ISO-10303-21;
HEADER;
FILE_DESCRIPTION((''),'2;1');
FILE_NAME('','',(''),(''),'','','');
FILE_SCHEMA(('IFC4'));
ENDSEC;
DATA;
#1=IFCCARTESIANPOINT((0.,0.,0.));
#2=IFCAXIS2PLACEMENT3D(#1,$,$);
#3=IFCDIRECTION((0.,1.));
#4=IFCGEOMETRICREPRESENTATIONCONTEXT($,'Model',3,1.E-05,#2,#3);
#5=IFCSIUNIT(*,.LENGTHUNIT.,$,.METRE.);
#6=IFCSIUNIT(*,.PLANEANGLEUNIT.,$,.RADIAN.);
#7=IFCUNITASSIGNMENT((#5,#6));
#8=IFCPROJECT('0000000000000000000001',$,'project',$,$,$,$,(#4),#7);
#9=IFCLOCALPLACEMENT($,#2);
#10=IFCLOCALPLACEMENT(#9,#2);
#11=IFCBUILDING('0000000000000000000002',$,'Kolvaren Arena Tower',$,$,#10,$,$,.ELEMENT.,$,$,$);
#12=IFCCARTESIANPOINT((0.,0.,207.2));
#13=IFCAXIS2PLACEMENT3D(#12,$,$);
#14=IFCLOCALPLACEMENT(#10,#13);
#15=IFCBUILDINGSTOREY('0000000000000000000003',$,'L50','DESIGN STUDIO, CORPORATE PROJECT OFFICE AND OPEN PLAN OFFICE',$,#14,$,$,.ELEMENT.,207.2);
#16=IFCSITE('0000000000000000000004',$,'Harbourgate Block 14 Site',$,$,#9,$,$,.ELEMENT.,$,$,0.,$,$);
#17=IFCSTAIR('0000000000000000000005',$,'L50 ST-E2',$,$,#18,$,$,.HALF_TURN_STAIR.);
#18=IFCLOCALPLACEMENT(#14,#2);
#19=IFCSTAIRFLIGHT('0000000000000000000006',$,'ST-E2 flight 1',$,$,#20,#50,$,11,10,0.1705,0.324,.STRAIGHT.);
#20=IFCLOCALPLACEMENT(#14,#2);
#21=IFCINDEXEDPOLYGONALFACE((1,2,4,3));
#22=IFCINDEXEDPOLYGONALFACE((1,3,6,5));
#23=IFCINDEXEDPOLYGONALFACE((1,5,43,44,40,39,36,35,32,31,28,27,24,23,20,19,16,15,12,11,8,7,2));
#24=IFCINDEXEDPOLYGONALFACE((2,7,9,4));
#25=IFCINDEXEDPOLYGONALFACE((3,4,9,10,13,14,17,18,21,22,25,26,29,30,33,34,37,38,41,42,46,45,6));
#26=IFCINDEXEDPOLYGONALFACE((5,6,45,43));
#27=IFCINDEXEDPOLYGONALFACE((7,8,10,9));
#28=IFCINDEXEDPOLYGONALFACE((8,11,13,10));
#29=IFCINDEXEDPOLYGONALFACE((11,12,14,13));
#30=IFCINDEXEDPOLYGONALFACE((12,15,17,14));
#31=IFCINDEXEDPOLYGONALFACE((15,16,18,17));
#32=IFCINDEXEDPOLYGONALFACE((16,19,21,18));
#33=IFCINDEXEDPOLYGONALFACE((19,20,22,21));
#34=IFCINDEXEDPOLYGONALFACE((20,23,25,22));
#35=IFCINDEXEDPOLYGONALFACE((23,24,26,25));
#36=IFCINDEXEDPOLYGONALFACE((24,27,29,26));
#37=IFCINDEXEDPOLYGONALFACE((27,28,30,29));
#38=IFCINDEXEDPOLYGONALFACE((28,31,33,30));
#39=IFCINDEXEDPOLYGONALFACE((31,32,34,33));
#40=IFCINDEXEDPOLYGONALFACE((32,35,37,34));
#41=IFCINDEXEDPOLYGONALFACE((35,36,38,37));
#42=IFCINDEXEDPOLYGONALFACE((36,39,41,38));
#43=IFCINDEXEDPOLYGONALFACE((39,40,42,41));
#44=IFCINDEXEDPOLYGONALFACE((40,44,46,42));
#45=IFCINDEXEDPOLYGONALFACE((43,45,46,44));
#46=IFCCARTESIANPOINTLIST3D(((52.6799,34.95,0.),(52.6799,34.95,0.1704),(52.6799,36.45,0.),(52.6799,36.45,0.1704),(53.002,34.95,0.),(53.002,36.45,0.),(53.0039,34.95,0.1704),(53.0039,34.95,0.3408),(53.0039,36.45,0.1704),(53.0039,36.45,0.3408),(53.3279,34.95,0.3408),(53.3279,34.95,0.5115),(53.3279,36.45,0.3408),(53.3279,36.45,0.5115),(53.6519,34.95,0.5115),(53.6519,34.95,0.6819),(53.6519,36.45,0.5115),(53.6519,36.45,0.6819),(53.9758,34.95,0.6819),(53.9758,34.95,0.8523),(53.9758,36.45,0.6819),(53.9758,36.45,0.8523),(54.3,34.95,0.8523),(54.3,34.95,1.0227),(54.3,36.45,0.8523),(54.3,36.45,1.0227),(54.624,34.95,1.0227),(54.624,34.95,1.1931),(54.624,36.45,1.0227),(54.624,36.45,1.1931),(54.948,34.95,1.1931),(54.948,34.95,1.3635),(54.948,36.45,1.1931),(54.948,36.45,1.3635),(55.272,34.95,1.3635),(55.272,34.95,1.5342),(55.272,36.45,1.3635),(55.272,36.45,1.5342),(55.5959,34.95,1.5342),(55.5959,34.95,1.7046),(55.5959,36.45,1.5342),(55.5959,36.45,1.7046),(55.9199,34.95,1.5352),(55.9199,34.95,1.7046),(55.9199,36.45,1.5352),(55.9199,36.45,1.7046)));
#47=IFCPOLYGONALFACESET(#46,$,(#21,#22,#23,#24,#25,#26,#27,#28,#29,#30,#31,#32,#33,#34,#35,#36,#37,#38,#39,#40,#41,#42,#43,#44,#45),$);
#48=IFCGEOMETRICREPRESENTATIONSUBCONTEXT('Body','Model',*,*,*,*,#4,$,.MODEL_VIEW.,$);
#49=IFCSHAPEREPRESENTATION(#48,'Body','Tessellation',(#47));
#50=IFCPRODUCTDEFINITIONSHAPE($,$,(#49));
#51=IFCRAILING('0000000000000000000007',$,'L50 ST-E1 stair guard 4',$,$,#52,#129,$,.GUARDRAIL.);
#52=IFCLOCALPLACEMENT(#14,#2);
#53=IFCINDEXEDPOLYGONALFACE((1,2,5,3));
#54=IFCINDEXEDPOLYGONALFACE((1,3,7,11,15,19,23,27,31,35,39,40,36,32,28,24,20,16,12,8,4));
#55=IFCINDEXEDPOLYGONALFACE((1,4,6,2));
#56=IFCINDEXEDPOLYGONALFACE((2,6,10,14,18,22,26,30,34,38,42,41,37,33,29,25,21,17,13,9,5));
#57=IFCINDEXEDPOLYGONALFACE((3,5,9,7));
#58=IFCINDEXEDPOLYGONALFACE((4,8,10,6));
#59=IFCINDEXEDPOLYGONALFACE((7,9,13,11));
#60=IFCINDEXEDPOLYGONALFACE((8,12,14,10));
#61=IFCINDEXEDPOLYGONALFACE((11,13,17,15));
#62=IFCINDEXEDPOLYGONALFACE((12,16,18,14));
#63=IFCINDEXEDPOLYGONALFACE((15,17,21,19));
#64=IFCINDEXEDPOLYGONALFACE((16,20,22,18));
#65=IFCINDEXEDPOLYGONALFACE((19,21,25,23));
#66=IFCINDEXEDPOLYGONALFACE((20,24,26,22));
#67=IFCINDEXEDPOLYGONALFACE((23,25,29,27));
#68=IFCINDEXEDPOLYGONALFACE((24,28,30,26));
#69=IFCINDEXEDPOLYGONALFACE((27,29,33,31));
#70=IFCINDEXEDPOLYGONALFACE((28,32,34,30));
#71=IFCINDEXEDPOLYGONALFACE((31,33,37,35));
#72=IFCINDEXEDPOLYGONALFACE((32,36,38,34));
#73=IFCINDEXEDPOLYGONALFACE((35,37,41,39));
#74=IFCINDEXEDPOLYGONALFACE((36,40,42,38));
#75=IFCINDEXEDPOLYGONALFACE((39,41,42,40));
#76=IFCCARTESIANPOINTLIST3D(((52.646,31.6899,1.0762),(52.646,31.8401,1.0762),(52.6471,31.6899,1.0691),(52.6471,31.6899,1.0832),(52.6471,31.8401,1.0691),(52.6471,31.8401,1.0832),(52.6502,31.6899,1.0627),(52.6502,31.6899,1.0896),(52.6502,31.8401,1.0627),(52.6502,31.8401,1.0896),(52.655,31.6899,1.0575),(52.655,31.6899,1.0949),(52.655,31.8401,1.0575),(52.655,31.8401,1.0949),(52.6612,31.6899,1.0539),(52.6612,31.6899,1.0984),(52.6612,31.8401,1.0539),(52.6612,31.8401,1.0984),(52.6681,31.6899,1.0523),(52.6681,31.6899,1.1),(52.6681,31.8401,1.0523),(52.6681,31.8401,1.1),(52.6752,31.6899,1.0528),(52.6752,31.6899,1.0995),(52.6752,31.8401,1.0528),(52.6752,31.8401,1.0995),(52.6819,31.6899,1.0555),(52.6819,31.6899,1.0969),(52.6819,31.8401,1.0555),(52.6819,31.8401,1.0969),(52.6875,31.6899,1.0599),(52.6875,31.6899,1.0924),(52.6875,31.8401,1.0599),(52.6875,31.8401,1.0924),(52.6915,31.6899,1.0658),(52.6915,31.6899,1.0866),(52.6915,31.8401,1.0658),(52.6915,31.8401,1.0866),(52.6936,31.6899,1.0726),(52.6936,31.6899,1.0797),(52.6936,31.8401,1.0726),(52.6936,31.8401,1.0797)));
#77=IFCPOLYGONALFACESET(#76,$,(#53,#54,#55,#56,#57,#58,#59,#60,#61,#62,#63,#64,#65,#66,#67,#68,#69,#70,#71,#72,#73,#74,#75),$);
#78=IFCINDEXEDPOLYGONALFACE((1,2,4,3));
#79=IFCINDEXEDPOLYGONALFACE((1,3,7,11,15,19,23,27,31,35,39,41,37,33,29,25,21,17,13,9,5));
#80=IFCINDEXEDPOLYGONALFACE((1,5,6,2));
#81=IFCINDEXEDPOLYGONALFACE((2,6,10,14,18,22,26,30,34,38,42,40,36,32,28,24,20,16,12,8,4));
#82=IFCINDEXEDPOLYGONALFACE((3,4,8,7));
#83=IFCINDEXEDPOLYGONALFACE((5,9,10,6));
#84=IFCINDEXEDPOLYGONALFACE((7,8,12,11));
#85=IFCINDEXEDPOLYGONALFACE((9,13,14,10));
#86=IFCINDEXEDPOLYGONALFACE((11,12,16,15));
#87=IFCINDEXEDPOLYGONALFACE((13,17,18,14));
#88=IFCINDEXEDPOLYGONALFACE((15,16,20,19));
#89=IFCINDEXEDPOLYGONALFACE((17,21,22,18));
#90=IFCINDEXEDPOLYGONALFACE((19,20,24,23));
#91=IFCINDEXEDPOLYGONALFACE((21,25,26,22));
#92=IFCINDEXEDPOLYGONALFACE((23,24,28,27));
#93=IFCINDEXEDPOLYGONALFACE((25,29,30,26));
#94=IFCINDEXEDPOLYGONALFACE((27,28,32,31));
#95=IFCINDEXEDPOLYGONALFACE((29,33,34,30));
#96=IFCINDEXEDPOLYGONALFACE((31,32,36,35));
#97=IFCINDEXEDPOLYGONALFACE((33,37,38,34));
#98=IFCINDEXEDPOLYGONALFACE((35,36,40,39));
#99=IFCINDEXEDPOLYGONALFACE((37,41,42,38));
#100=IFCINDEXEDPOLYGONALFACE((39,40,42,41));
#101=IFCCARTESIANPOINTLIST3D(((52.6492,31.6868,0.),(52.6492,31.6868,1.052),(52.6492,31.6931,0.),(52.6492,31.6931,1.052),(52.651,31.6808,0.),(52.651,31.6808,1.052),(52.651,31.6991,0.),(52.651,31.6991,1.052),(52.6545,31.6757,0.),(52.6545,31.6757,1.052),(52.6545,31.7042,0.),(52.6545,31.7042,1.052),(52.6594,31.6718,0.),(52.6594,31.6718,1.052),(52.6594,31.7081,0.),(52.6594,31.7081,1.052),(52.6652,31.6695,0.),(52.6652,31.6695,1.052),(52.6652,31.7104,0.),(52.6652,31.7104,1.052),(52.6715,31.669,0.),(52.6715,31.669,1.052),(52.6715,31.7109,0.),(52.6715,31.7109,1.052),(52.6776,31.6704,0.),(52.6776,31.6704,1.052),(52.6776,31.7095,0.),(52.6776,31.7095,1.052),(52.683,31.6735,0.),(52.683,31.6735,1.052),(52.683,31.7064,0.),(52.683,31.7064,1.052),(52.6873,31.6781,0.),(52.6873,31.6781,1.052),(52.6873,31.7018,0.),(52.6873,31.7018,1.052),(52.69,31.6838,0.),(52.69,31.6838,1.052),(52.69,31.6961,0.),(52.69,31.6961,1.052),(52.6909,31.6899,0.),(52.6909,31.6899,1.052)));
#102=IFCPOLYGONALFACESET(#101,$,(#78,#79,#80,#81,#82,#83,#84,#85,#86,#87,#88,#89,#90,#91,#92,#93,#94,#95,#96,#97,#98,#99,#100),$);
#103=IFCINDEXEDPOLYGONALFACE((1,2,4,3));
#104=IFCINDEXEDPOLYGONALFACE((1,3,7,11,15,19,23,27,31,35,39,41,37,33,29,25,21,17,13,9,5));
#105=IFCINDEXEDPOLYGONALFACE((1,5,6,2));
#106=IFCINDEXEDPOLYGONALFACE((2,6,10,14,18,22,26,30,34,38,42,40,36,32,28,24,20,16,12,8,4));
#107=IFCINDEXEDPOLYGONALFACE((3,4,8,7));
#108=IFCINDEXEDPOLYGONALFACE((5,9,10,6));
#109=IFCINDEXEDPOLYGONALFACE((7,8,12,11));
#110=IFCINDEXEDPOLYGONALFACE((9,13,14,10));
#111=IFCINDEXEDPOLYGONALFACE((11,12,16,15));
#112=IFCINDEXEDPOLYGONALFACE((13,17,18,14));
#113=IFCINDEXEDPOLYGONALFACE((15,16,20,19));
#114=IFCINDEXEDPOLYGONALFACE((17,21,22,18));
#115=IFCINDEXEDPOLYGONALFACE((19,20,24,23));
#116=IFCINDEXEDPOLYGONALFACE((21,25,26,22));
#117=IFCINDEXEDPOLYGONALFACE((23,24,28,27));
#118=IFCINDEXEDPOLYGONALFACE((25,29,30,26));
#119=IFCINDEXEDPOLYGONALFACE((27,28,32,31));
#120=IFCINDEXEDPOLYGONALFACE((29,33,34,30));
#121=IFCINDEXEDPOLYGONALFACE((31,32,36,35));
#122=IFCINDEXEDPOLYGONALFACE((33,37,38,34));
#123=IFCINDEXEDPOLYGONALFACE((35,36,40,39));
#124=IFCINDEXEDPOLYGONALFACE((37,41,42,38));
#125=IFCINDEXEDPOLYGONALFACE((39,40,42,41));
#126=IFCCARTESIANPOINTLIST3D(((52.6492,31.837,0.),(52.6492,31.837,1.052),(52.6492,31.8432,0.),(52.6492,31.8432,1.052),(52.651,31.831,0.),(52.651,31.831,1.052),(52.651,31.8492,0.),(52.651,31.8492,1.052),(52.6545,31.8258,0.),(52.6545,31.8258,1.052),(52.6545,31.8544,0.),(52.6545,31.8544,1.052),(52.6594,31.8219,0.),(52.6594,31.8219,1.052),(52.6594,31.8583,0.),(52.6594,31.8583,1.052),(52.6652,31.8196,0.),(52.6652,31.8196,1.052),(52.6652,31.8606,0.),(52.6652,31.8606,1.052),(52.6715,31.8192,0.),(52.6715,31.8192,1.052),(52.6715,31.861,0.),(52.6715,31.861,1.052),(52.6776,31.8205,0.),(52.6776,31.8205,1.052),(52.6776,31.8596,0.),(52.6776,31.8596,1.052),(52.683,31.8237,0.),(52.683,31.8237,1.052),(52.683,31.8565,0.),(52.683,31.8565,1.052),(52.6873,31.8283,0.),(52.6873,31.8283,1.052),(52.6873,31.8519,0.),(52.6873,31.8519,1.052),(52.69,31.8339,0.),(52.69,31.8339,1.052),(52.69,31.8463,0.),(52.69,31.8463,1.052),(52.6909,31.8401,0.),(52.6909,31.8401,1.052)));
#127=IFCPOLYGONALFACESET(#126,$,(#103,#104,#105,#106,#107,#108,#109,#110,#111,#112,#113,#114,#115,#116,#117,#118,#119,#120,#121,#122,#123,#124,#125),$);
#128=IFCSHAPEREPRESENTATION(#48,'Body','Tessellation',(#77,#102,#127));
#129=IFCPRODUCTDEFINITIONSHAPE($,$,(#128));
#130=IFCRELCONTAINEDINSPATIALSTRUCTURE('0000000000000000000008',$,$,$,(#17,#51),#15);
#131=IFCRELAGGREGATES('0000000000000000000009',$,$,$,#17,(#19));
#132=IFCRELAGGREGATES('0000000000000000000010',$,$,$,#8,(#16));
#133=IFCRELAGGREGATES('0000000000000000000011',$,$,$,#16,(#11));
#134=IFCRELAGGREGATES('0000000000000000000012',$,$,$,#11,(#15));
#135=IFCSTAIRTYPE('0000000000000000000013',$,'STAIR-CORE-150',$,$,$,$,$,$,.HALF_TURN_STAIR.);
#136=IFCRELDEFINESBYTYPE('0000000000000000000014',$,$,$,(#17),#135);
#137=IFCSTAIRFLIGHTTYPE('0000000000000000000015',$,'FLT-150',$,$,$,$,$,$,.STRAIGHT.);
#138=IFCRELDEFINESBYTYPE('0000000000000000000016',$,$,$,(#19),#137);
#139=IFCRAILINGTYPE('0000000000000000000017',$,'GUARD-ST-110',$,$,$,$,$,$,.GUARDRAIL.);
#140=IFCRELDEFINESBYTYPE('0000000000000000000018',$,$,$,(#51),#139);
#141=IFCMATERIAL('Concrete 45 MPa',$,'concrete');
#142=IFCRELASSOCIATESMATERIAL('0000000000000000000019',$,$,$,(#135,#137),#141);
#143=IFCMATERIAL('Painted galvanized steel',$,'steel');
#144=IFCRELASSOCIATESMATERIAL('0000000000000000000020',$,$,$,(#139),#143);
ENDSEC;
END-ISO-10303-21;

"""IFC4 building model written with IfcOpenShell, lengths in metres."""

from ifc_helpers import new_model, si_unit, direction, frame, origin, origin_2d, place, context, subcontext, project, spatial, polyline, circle, outline, extrude, material, type_object, element, aggregate, save


model = new_model("IFC4")

# Units and contexts
model_context = context("Model", 3, precision=1e-05, world=origin(), true_north=direction((0.0, 1.0)))
body_context = subcontext(model_context, "Body", "Model", "MODEL_VIEW")
ifc_project = project(units=[si_unit("LENGTHUNIT", "METRE"), si_unit("PLANEANGLEUNIT", "RADIAN")], contexts=[model_context])

# Site, building, storey
site_placement = place(None, origin())
site = spatial("IfcSite", under=ifc_project, at=site_placement, Name="Harbourgate Block 14 Site", CompositionType="ELEMENT", RefElevation=0.0)
building_placement = place(site_placement, origin())
building = spatial("IfcBuilding", under=site, at=building_placement, Name="Kolvaren Arena Tower", CompositionType="ELEMENT")
storey_placement = place(building_placement, frame((0.0, 0.0, 207.2)))
storey = spatial("IfcBuildingStorey", under=building, at=storey_placement, Name="L50", Description="DESIGN STUDIO, CORPORATE PROJECT OFFICE AND OPEN PLAN OFFICE", CompositionType="ELEMENT", Elevation=207.2)

# Shared definitions
ifc_material_1 = material(Name="Concrete 45 MPa", Category="concrete")

# Stair, stair flight
stair_type = type_object("IfcStairType", Name="STAIR-CORE-150", PredefinedType="HALF_TURN_STAIR", material=ifc_material_1)
stair_placement = place(storey_placement, origin())
stair = element("IfcStair", 1, at=stair_placement, inside=storey, type_object=stair_type, Name="L50 ST-E2", PredefinedType="HALF_TURN_STAIR")
stair_flight_type = type_object("IfcStairFlightType", Name="FLT-150", PredefinedType="STRAIGHT", material=ifc_material_1)
stair_flight_placement = place(storey_placement, frame((52.6799, 35.7, 0.0), z_axis=(0.0, 0.0, 1.0), x_axis=(1.0, 0.0, 0.0)))
stair_flight = element("IfcStairFlight", 2, at=stair_flight_placement, type_object=stair_flight_type, Name="ST-E2 flight 1", NumberOfRisers=11, NumberOfTreads=10, PredefinedType="STRAIGHT", RiserHeight=0.1705, TreadLength=0.324, context=body_context, shape_type="SweptSolid", body=[
    extrude(outline(polyline([(0.0, 0.0), (0.0, 0.1704), (0.324, 0.1704), (0.324, 0.3408), (0.6479, 0.3408), (0.6479, 0.5115), (0.9719, 0.5115), (0.9719, 0.6819), (1.2959, 0.6819), (1.2959, 0.8523), (1.6201, 0.8523), (1.6201, 1.0227), (1.9441, 1.0227), (1.9441, 1.1931), (2.2681, 1.1931), (2.2681, 1.3635), (2.592, 1.3635), (2.592, 1.5342), (2.916, 1.5342), (2.916, 1.7046), (3.24, 1.7046), (3.24, 1.875), (3.24, 1.5352), (0.322, 0.0), (0.0, 0.0)])), frame((0.0, 0.75, 0.0), z_axis=(0.0, -1.0, 0.0), x_axis=(1.0, 0.0, 0.0)), (0.0, 0.0, 1.0), 1.5),
])
aggregate(stair, [stair_flight])

# Railing
ifc_material_2 = material(Name="Painted galvanized steel", Category="steel")
railing_type_1 = type_object("IfcRailingType", Name="GUARD-ST-110", PredefinedType="GUARDRAIL", material=ifc_material_2)
railing_1_placement = place(storey_placement, frame((52.6699, 31.6899, 0.0)))
element("IfcRailing", 3, at=railing_1_placement, inside=storey, type_object=railing_type_1, Name="L50 ST-E1 stair guard 4", PredefinedType="GUARDRAIL", context=body_context, shape_type="SweptSolid", body=[
    extrude(circle(Radius=0.0239, at=origin_2d()), frame((0.0, 0.0, 1.0762), z_axis=(0.0, 1.0, 0.0), x_axis=(-1.0, 0.0, 0.0)), (0.0, 0.0, 1.0), 0.1501),
    extrude(circle(Radius=0.021, at=origin_2d()), origin(), (0.0, 0.0, 1.0), 1.052),
    extrude(circle(Radius=0.021, at=origin_2d()), frame((0.0, 0.1501, 0.0)), (0.0, 0.0, 1.0), 1.052),
])

save(model, "model.ifc")
